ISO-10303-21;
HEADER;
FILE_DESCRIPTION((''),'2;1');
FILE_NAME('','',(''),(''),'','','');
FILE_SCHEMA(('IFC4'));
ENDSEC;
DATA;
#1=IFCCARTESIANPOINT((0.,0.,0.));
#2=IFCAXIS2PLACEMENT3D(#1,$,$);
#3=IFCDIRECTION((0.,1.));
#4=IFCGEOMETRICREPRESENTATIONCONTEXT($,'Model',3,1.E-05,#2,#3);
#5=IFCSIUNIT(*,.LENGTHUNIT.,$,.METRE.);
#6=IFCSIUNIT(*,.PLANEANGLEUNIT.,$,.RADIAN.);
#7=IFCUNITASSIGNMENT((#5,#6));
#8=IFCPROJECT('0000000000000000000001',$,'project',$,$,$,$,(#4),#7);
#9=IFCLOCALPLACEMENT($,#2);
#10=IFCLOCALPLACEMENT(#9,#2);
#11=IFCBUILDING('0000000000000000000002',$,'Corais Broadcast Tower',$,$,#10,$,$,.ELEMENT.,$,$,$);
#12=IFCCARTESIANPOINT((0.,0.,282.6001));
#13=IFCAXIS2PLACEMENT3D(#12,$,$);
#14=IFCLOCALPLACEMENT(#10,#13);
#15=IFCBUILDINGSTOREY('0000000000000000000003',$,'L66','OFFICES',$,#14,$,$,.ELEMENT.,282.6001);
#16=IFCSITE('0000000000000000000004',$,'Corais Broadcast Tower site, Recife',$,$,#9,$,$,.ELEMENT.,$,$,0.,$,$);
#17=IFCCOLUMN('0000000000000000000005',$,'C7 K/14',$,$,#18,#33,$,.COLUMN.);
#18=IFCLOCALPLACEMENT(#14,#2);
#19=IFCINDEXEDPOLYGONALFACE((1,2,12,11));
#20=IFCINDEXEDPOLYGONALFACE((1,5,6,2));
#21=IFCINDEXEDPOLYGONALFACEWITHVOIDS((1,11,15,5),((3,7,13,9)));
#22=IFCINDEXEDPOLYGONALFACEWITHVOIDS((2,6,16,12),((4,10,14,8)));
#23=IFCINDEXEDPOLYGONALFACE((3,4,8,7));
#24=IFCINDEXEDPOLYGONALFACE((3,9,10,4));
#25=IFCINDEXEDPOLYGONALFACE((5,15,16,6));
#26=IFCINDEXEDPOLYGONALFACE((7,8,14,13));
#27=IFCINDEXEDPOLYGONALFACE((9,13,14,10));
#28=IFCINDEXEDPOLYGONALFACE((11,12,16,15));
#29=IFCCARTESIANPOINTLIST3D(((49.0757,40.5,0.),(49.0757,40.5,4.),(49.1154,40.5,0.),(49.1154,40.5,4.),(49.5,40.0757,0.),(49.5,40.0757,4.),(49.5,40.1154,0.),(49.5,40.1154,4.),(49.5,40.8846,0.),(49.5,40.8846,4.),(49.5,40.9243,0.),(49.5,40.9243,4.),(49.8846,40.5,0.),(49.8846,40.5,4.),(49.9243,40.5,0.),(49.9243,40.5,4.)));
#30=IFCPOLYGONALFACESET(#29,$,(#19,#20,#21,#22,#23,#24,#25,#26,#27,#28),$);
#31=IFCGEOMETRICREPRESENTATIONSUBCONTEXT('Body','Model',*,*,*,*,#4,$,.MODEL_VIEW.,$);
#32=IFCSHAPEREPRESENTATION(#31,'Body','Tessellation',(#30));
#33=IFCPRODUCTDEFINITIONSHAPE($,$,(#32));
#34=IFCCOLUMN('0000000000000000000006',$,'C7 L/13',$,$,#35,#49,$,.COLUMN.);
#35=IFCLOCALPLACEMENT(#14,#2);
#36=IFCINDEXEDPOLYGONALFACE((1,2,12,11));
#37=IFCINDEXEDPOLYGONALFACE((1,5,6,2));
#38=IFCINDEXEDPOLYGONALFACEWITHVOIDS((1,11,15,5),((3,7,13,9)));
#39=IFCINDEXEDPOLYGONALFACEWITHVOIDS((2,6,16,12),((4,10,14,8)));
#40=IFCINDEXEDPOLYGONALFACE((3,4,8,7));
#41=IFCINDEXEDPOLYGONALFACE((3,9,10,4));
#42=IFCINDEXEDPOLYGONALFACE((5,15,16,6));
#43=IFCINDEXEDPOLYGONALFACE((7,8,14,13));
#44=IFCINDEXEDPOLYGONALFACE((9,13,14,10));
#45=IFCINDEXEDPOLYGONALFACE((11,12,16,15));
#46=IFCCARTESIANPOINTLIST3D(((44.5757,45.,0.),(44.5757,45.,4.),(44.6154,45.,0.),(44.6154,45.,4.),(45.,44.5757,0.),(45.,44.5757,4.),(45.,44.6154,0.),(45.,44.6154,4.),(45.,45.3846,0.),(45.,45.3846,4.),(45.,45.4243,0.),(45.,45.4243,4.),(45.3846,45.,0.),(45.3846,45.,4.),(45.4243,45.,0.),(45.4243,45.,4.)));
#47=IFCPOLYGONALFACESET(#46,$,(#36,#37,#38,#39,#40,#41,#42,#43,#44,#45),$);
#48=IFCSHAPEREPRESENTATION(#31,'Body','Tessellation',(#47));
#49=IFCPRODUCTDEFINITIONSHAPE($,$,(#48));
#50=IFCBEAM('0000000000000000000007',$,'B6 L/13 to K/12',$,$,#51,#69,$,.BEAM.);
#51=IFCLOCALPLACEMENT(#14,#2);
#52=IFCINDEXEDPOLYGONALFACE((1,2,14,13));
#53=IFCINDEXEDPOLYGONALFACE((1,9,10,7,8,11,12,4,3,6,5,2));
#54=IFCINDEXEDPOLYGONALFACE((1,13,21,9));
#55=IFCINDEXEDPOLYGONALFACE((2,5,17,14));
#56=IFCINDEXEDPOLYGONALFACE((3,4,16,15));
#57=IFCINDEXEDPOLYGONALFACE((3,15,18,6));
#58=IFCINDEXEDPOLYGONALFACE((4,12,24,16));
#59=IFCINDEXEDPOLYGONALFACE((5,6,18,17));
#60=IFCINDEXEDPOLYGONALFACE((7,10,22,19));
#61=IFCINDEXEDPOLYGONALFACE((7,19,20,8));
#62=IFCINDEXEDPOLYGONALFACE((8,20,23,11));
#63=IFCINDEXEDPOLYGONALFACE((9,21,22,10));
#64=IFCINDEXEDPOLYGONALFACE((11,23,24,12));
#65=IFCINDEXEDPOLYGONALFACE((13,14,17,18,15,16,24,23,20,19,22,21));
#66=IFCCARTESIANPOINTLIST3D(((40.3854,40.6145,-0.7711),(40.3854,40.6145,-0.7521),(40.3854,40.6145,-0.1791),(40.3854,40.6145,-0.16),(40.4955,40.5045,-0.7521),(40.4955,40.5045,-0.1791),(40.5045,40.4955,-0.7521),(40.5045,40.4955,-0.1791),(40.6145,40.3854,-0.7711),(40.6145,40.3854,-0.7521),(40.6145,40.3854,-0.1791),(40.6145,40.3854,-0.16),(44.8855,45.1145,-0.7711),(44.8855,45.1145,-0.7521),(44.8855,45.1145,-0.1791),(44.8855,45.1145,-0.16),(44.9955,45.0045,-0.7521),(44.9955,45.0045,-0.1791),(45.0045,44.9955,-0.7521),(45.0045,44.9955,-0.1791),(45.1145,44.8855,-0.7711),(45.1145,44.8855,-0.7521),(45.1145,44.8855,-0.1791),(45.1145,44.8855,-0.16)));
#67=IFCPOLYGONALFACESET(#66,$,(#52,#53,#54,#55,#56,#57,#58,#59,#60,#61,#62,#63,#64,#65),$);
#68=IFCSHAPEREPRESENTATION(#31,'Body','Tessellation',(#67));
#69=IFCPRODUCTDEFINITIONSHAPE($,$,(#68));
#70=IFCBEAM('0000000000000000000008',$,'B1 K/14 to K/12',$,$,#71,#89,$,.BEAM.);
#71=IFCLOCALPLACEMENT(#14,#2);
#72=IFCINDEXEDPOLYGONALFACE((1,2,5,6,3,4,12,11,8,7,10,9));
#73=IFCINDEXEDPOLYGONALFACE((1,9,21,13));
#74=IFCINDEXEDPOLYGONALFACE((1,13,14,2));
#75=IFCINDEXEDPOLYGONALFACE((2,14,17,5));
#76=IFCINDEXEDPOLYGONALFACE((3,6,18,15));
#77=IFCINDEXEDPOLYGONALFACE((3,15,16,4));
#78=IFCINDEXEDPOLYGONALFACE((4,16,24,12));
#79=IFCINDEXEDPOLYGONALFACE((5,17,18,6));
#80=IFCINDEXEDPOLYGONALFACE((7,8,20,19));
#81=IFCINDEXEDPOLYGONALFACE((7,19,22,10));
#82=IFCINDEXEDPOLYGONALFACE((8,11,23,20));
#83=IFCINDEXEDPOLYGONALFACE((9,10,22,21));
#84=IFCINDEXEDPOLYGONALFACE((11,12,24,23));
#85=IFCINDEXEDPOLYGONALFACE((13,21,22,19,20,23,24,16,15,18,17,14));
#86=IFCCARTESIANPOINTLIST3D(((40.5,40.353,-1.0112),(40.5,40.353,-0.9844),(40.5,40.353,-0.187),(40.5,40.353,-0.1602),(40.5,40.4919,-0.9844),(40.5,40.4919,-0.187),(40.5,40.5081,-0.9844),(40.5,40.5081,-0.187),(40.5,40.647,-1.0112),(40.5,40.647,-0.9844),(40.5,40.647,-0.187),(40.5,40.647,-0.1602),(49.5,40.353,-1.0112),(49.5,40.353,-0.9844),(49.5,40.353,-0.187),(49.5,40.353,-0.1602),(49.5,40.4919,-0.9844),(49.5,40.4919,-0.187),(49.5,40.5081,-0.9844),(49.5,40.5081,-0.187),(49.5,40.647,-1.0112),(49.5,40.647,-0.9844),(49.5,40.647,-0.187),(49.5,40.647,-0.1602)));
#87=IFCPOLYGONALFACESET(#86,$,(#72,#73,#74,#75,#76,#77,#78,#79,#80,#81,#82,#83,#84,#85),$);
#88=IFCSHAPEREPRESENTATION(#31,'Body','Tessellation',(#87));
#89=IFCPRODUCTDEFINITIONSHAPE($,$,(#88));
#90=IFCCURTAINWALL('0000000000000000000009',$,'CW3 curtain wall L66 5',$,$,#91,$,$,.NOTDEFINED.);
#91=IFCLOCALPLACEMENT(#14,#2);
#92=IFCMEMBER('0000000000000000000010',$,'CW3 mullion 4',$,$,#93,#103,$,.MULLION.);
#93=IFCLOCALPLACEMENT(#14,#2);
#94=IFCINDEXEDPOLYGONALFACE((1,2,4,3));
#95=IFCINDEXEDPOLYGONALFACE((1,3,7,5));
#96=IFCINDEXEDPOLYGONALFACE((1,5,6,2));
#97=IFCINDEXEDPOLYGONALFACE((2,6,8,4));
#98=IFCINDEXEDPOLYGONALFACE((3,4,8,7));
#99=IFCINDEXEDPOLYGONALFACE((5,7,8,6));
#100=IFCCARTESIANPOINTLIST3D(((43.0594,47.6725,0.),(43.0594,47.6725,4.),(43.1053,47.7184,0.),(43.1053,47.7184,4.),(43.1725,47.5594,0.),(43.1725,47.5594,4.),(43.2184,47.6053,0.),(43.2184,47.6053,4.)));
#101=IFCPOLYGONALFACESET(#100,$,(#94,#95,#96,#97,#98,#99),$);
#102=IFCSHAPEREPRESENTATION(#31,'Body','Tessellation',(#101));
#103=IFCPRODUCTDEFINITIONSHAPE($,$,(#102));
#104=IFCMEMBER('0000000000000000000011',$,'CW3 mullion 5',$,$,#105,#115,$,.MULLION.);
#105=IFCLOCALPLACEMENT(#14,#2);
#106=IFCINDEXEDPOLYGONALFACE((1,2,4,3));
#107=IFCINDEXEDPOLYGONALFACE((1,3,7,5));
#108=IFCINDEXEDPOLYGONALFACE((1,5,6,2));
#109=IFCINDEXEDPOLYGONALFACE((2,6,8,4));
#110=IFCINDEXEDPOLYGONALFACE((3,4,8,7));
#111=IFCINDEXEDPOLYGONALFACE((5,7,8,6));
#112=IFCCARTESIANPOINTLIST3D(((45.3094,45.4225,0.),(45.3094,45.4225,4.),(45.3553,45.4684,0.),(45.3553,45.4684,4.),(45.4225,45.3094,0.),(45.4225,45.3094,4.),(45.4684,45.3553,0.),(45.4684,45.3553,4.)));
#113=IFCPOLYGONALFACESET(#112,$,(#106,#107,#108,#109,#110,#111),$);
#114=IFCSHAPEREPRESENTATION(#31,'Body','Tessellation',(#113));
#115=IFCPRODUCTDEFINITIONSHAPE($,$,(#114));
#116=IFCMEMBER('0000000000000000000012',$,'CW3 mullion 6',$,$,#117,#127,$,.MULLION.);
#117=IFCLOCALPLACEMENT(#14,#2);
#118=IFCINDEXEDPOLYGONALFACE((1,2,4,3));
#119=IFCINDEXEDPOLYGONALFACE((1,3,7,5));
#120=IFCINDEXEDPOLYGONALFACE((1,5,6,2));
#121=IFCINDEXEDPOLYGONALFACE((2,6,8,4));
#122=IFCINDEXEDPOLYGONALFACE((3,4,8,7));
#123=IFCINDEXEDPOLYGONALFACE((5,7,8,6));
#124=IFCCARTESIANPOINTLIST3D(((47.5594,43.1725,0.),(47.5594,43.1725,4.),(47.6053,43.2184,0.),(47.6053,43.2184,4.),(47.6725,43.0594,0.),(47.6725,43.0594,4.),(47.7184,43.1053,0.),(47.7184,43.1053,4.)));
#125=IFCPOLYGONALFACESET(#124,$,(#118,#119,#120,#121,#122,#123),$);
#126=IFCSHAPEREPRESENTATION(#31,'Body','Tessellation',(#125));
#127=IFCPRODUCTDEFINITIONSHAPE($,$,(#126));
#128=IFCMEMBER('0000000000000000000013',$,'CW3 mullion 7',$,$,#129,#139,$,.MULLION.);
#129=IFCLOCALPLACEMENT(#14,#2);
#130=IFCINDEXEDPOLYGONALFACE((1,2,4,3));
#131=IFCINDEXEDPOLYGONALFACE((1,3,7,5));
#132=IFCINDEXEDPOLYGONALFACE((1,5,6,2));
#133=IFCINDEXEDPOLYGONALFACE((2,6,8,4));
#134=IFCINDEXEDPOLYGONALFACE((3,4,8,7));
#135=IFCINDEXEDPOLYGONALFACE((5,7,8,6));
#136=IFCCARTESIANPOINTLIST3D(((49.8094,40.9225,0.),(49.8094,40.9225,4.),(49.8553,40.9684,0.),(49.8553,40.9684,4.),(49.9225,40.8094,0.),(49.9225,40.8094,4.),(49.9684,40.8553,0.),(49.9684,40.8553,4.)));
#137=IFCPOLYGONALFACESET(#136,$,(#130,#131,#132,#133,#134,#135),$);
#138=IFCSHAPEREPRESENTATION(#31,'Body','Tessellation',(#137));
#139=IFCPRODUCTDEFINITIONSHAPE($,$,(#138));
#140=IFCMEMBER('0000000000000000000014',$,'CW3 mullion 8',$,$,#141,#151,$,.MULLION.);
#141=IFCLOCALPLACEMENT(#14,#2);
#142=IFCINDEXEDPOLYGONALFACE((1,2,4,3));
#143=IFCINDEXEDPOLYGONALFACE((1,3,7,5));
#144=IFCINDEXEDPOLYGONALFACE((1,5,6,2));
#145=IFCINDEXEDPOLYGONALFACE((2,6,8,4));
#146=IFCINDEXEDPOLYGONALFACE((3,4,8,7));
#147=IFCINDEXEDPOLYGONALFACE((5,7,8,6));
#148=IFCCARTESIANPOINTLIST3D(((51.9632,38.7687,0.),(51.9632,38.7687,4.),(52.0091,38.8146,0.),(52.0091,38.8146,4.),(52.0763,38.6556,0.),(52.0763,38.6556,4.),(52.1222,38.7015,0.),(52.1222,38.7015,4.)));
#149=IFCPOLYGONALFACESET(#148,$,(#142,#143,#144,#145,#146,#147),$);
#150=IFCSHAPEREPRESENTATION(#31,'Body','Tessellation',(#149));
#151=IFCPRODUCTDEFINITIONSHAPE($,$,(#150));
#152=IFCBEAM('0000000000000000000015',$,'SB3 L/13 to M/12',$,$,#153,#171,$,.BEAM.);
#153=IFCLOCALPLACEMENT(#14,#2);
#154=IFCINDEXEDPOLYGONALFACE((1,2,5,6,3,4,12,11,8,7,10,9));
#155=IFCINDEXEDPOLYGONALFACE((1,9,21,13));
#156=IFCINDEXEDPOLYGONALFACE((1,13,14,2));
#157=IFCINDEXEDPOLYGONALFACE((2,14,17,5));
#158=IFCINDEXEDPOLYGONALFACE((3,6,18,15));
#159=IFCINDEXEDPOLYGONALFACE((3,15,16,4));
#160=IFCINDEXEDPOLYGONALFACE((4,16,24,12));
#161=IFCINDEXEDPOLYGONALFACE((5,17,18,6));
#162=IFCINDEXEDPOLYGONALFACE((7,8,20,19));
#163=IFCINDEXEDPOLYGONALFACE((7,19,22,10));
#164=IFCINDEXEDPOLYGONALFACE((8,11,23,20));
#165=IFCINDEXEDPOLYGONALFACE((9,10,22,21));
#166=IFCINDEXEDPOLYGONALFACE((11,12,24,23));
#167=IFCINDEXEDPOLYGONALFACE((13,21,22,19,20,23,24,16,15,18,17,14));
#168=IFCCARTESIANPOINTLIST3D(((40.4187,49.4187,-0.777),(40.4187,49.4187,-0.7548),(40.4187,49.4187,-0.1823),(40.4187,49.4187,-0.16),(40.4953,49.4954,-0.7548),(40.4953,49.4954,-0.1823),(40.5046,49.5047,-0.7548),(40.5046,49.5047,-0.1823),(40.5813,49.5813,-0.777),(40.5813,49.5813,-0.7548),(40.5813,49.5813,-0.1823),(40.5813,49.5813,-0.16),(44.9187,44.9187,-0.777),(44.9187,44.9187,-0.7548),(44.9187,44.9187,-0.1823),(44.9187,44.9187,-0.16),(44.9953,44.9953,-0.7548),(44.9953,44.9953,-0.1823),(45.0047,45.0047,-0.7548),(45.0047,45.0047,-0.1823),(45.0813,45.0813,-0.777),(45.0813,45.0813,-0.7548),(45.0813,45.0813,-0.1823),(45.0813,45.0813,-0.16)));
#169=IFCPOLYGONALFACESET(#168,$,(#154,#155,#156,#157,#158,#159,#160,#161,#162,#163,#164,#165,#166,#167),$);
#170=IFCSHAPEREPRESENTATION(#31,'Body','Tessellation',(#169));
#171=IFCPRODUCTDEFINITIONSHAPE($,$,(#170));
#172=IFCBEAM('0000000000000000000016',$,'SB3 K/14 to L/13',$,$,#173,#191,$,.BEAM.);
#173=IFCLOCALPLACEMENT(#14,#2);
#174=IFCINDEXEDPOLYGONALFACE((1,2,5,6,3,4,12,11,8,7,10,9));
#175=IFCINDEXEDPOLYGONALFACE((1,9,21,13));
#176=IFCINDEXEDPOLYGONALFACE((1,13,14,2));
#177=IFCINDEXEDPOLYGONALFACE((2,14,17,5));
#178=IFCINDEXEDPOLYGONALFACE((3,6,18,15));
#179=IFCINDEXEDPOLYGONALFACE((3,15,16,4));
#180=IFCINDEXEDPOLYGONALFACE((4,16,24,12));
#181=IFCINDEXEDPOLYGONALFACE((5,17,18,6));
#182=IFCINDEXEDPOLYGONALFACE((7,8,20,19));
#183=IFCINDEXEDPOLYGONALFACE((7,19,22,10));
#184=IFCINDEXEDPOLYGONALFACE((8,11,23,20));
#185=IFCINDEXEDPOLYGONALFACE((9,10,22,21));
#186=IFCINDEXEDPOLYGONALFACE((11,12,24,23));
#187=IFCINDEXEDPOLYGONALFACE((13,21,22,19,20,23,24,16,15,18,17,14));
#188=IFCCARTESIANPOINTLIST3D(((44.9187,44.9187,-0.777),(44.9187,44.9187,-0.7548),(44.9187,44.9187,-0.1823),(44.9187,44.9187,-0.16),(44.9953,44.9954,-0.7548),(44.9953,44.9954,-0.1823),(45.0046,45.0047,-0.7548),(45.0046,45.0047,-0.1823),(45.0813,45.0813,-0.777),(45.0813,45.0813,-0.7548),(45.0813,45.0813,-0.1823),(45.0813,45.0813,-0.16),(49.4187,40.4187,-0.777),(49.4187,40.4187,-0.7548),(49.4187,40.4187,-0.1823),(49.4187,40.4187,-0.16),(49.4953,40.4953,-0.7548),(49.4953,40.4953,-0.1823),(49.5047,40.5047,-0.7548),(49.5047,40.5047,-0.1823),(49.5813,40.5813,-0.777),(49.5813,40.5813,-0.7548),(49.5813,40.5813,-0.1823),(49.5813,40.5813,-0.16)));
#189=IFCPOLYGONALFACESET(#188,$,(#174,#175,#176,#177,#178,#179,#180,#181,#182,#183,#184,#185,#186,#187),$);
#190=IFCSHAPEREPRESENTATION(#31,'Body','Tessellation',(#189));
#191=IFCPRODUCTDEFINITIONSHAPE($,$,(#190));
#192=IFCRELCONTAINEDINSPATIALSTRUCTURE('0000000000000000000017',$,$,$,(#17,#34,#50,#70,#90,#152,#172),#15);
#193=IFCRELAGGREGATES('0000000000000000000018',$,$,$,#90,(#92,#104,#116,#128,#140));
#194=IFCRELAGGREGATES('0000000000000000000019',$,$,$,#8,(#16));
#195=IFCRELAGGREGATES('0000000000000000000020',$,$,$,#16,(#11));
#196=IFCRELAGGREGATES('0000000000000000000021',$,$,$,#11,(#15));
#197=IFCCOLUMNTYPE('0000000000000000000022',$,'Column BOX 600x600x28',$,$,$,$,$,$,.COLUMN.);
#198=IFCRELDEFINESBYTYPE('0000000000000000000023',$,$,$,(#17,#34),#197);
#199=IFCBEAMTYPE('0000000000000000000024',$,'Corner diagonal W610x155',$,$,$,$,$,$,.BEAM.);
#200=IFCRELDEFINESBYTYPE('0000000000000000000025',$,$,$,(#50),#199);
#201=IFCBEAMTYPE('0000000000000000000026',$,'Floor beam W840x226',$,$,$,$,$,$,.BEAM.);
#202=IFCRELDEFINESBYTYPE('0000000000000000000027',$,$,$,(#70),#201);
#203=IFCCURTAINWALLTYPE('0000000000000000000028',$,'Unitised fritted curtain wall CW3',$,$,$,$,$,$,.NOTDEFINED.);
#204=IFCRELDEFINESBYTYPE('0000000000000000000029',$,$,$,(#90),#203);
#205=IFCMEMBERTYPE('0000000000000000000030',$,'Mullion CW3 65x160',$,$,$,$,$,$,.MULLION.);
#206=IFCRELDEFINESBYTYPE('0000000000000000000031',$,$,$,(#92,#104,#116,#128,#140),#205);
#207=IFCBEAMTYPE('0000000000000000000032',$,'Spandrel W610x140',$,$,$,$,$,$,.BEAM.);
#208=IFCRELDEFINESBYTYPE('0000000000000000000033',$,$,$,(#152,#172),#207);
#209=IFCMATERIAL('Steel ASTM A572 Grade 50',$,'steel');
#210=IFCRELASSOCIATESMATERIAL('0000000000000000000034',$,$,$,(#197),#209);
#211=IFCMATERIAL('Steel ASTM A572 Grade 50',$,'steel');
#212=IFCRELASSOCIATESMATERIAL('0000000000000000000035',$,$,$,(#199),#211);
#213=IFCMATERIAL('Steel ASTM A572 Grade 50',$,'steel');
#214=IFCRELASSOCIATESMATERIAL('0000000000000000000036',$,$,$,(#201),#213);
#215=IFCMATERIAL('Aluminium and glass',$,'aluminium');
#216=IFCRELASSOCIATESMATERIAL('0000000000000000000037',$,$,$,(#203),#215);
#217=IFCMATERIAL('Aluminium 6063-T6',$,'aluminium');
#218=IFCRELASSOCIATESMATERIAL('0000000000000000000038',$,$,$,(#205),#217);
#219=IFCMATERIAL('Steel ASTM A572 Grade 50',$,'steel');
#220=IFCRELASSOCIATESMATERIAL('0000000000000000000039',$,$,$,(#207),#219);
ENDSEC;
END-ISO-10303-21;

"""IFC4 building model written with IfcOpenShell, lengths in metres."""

from ifc_helpers import new_model, si_unit, direction, frame, origin, origin_2d, place, context, subcontext, project, spatial, rectangle, hollow_rectangle, i_section, extrude, material, material_profile, profile_set, type_object, element, aggregate, save


model = new_model("IFC4")

# Units and contexts
model_context = context("Model", 3, precision=1e-05, world=origin(), true_north=direction((0.0, 1.0)))
body_context = subcontext(model_context, "Body", "Model", "MODEL_VIEW")
ifc_project = project(units=[si_unit("LENGTHUNIT", "METRE"), si_unit("PLANEANGLEUNIT", "RADIAN")], contexts=[model_context])

# Site, building, storey
site_placement = place(None, origin())
site = spatial("IfcSite", under=ifc_project, at=site_placement, Name="Corais Broadcast Tower site, Recife", CompositionType="ELEMENT", RefElevation=0.0)
building_placement = place(site_placement, origin())
building = spatial("IfcBuilding", under=site, at=building_placement, Name="Corais Broadcast Tower", CompositionType="ELEMENT")
storey_placement = place(building_placement, frame((0.0, 0.0, 282.6001)))
storey = spatial("IfcBuildingStorey", under=building, at=storey_placement, Name="L66", Description="OFFICES", CompositionType="ELEMENT", Elevation=282.6001)

# Columns
ifc_material_1 = material(Name="Steel ASTM A572 Grade 50", Category="steel")
ifc_material_profile_1 = material_profile(ifc_material_1, hollow_rectangle(XDim=0.6001, YDim=0.6001, WallThickness=0.0281, at=origin_2d()), Name="BOX 600x600x28")
ifc_profile_set_1 = profile_set([ifc_material_profile_1], Name="Steel ASTM A572 Grade 50")
column_type = type_object("IfcColumnType", Name="Column BOX 600x600x28", PredefinedType="COLUMN", material=ifc_profile_set_1)
for number, where, z_axis, x_axis, name in (
    (1, (49.5, 40.5, 0.0), (0.0, 0.0, 1.0), (0.707107, 0.707107, 0.0), "C7 K/14"),
    (2, (45.0, 45.0, 0.0), (0.0, 0.0, 1.0), (0.707107, 0.707107, 0.0), "C7 L/13"),
):
    element("IfcColumn", number, at=place(storey_placement, frame(where, z_axis=z_axis, x_axis=x_axis)), inside=storey, type_object=column_type, Name=name, PredefinedType="COLUMN", context=body_context, shape_type="SweptSolid", body=[
        extrude(hollow_rectangle(XDim=0.6001, YDim=0.6001, WallThickness=0.0281, at=origin_2d()), origin(), (0.0, 0.0, 1.0), 4.0),
    ])

# Beams
ifc_material_2 = material(Name="Steel ASTM A572 Grade 50", Category="steel")
ifc_material_profile_2 = material_profile(ifc_material_2, i_section(OverallWidth=0.324, OverallDepth=0.6111, WebThickness=0.0127, FlangeThickness=0.019, at=origin_2d()), Name="W610x155")
ifc_profile_set_2 = profile_set([ifc_material_profile_2], Name="Steel ASTM A572 Grade 50")
beam_type_1 = type_object("IfcBeamType", Name="Corner diagonal W610x155", PredefinedType="BEAM", material=ifc_profile_set_2)
beam_1_placement = place(storey_placement, frame((45.0, 45.0, -0.4656), z_axis=(-0.707107, -0.707107, 0.0), x_axis=(0.707107, -0.707107, 0.0)))
element("IfcBeam", 3, at=beam_1_placement, inside=storey, type_object=beam_type_1, Name="B6 L/13 to K/12", PredefinedType="BEAM", context=body_context, shape_type="SweptSolid", body=[
    extrude(i_section(OverallWidth=0.324, OverallDepth=0.6111, WebThickness=0.0127, FlangeThickness=0.019, at=origin_2d()), origin(), (0.0, 0.0, 1.0), 6.364),
])
ifc_material_3 = material(Name="Steel ASTM A572 Grade 50", Category="steel")
ifc_material_profile_3 = material_profile(ifc_material_3, i_section(OverallWidth=0.2939, OverallDepth=0.8511, WebThickness=0.0161, FlangeThickness=0.0269, at=origin_2d()), Name="W840x226")
ifc_profile_set_3 = profile_set([ifc_material_profile_3], Name="Steel ASTM A572 Grade 50")
beam_type_2 = type_object("IfcBeamType", Name="Floor beam W840x226", PredefinedType="BEAM", material=ifc_profile_set_3)
beam_2_placement = place(storey_placement, frame((49.5, 40.5, -0.5857), z_axis=(-1.0, 0.0, 0.0), x_axis=(0.0, -1.0, 0.0)))
element("IfcBeam", 4, at=beam_2_placement, inside=storey, type_object=beam_type_2, Name="B1 K/14 to K/12", PredefinedType="BEAM", context=body_context, shape_type="SweptSolid", body=[
    extrude(i_section(OverallWidth=0.2939, OverallDepth=0.8511, WebThickness=0.0161, FlangeThickness=0.0269, at=origin_2d()), origin(), (0.0, 0.0, 1.0), 9.0),
])

# Curtain wall, members
ifc_material_4 = material(Name="Aluminium and glass", Category="aluminium")
curtain_wall_type = type_object("IfcCurtainWallType", Name="Unitised fritted curtain wall CW3", PredefinedType="NOTDEFINED", material=ifc_material_4)
curtain_wall_placement = place(storey_placement, origin())
curtain_wall = element("IfcCurtainWall", 5, at=curtain_wall_placement, inside=storey, type_object=curtain_wall_type, Name="CW3 curtain wall L66 5", PredefinedType="NOTDEFINED")
ifc_material_5 = material(Name="Aluminium 6063-T6", Category="aluminium")
ifc_material_profile_4 = material_profile(ifc_material_5, rectangle(XDim=0.0649, YDim=0.1599, at=origin_2d()), Name="Mullion CW3 65x160")
ifc_profile_set_4 = profile_set([ifc_material_profile_4], Name="Aluminium 6063-T6")
member_type_1 = type_object("IfcMemberType", Name="Mullion CW3 65x160", PredefinedType="MULLION", material=ifc_profile_set_4)
member_1_placement = place(storey_placement, frame((43.1389, 47.6389, 0.0), z_axis=(0.0, 0.0, 1.0), x_axis=(0.707107, 0.707107, 0.0)))
member_1 = element("IfcMember", 6, at=member_1_placement, type_object=member_type_1, Name="CW3 mullion 4", PredefinedType="MULLION", context=body_context, shape_type="SweptSolid", body=[
    extrude(rectangle(XDim=0.0649, YDim=0.1599, at=origin_2d()), origin(), (0.0, 0.0, 1.0), 4.0),
])
member_2_placement = place(storey_placement, frame((45.3889, 45.3889, 0.0), z_axis=(0.0, 0.0, 1.0), x_axis=(0.707107, 0.707107, 0.0)))
member_2 = element("IfcMember", 7, at=member_2_placement, type_object=member_type_1, Name="CW3 mullion 5", PredefinedType="MULLION", context=body_context, shape_type="SweptSolid", body=[
    extrude(rectangle(XDim=0.0649, YDim=0.1599, at=origin_2d()), origin(), (0.0, 0.0, 1.0), 4.0),
])
member_3_placement = place(storey_placement, frame((47.6389, 43.1389, 0.0), z_axis=(0.0, 0.0, 1.0), x_axis=(0.707107, 0.707107, 0.0)))
member_3 = element("IfcMember", 8, at=member_3_placement, type_object=member_type_1, Name="CW3 mullion 6", PredefinedType="MULLION", context=body_context, shape_type="SweptSolid", body=[
    extrude(rectangle(XDim=0.0649, YDim=0.1599, at=origin_2d()), origin(), (0.0, 0.0, 1.0), 4.0),
])
member_4_placement = place(storey_placement, frame((49.8889, 40.8889, 0.0), z_axis=(0.0, 0.0, 1.0), x_axis=(0.707107, 0.707107, 0.0)))
member_4 = element("IfcMember", 9, at=member_4_placement, type_object=member_type_1, Name="CW3 mullion 7", PredefinedType="MULLION", context=body_context, shape_type="SweptSolid", body=[
    extrude(rectangle(XDim=0.0649, YDim=0.1599, at=origin_2d()), origin(), (0.0, 0.0, 1.0), 4.0),
])
member_5_placement = place(storey_placement, frame((52.0427, 38.7351, 0.0), z_axis=(0.0, 0.0, 1.0), x_axis=(0.707107, 0.707107, 0.0)))
member_5 = element("IfcMember", 10, at=member_5_placement, type_object=member_type_1, Name="CW3 mullion 8", PredefinedType="MULLION", context=body_context, shape_type="SweptSolid", body=[
    extrude(rectangle(XDim=0.0649, YDim=0.1599, at=origin_2d()), origin(), (0.0, 0.0, 1.0), 4.0),
])

# Beams
ifc_material_6 = material(Name="Steel ASTM A572 Grade 50", Category="steel")
ifc_material_profile_5 = material_profile(ifc_material_6, i_section(OverallWidth=0.23, OverallDepth=0.6169, WebThickness=0.0132, FlangeThickness=0.0222, at=origin_2d()), Name="W610x140")
ifc_profile_set_5 = profile_set([ifc_material_profile_5], Name="Steel ASTM A572 Grade 50")
beam_type_3 = type_object("IfcBeamType", Name="Spandrel W610x140", PredefinedType="BEAM", material=ifc_profile_set_5)
for number, where, z_axis, x_axis, name in (
    (11, (45.0, 45.0, -0.4685), (-0.707107, 0.707107, 0.0), (-0.707107, -0.707107, 0.0), "SB3 L/13 to M/12"),
    (12, (49.5, 40.5, -0.4685), (-0.707107, 0.707107, 0.0), (-0.707107, -0.707107, 0.0), "SB3 K/14 to L/13"),
):
    element("IfcBeam", number, at=place(storey_placement, frame(where, z_axis=z_axis, x_axis=x_axis)), inside=storey, type_object=beam_type_3, Name=name, PredefinedType="BEAM", context=body_context, shape_type="SweptSolid", body=[
        extrude(i_section(OverallWidth=0.23, OverallDepth=0.6169, WebThickness=0.0132, FlangeThickness=0.0222, at=origin_2d()), origin(), (0.0, 0.0, 1.0), 6.364),
    ])

aggregate(curtain_wall, [member_1, member_2, member_3, member_4, member_5])

save(model, "model.ifc")
